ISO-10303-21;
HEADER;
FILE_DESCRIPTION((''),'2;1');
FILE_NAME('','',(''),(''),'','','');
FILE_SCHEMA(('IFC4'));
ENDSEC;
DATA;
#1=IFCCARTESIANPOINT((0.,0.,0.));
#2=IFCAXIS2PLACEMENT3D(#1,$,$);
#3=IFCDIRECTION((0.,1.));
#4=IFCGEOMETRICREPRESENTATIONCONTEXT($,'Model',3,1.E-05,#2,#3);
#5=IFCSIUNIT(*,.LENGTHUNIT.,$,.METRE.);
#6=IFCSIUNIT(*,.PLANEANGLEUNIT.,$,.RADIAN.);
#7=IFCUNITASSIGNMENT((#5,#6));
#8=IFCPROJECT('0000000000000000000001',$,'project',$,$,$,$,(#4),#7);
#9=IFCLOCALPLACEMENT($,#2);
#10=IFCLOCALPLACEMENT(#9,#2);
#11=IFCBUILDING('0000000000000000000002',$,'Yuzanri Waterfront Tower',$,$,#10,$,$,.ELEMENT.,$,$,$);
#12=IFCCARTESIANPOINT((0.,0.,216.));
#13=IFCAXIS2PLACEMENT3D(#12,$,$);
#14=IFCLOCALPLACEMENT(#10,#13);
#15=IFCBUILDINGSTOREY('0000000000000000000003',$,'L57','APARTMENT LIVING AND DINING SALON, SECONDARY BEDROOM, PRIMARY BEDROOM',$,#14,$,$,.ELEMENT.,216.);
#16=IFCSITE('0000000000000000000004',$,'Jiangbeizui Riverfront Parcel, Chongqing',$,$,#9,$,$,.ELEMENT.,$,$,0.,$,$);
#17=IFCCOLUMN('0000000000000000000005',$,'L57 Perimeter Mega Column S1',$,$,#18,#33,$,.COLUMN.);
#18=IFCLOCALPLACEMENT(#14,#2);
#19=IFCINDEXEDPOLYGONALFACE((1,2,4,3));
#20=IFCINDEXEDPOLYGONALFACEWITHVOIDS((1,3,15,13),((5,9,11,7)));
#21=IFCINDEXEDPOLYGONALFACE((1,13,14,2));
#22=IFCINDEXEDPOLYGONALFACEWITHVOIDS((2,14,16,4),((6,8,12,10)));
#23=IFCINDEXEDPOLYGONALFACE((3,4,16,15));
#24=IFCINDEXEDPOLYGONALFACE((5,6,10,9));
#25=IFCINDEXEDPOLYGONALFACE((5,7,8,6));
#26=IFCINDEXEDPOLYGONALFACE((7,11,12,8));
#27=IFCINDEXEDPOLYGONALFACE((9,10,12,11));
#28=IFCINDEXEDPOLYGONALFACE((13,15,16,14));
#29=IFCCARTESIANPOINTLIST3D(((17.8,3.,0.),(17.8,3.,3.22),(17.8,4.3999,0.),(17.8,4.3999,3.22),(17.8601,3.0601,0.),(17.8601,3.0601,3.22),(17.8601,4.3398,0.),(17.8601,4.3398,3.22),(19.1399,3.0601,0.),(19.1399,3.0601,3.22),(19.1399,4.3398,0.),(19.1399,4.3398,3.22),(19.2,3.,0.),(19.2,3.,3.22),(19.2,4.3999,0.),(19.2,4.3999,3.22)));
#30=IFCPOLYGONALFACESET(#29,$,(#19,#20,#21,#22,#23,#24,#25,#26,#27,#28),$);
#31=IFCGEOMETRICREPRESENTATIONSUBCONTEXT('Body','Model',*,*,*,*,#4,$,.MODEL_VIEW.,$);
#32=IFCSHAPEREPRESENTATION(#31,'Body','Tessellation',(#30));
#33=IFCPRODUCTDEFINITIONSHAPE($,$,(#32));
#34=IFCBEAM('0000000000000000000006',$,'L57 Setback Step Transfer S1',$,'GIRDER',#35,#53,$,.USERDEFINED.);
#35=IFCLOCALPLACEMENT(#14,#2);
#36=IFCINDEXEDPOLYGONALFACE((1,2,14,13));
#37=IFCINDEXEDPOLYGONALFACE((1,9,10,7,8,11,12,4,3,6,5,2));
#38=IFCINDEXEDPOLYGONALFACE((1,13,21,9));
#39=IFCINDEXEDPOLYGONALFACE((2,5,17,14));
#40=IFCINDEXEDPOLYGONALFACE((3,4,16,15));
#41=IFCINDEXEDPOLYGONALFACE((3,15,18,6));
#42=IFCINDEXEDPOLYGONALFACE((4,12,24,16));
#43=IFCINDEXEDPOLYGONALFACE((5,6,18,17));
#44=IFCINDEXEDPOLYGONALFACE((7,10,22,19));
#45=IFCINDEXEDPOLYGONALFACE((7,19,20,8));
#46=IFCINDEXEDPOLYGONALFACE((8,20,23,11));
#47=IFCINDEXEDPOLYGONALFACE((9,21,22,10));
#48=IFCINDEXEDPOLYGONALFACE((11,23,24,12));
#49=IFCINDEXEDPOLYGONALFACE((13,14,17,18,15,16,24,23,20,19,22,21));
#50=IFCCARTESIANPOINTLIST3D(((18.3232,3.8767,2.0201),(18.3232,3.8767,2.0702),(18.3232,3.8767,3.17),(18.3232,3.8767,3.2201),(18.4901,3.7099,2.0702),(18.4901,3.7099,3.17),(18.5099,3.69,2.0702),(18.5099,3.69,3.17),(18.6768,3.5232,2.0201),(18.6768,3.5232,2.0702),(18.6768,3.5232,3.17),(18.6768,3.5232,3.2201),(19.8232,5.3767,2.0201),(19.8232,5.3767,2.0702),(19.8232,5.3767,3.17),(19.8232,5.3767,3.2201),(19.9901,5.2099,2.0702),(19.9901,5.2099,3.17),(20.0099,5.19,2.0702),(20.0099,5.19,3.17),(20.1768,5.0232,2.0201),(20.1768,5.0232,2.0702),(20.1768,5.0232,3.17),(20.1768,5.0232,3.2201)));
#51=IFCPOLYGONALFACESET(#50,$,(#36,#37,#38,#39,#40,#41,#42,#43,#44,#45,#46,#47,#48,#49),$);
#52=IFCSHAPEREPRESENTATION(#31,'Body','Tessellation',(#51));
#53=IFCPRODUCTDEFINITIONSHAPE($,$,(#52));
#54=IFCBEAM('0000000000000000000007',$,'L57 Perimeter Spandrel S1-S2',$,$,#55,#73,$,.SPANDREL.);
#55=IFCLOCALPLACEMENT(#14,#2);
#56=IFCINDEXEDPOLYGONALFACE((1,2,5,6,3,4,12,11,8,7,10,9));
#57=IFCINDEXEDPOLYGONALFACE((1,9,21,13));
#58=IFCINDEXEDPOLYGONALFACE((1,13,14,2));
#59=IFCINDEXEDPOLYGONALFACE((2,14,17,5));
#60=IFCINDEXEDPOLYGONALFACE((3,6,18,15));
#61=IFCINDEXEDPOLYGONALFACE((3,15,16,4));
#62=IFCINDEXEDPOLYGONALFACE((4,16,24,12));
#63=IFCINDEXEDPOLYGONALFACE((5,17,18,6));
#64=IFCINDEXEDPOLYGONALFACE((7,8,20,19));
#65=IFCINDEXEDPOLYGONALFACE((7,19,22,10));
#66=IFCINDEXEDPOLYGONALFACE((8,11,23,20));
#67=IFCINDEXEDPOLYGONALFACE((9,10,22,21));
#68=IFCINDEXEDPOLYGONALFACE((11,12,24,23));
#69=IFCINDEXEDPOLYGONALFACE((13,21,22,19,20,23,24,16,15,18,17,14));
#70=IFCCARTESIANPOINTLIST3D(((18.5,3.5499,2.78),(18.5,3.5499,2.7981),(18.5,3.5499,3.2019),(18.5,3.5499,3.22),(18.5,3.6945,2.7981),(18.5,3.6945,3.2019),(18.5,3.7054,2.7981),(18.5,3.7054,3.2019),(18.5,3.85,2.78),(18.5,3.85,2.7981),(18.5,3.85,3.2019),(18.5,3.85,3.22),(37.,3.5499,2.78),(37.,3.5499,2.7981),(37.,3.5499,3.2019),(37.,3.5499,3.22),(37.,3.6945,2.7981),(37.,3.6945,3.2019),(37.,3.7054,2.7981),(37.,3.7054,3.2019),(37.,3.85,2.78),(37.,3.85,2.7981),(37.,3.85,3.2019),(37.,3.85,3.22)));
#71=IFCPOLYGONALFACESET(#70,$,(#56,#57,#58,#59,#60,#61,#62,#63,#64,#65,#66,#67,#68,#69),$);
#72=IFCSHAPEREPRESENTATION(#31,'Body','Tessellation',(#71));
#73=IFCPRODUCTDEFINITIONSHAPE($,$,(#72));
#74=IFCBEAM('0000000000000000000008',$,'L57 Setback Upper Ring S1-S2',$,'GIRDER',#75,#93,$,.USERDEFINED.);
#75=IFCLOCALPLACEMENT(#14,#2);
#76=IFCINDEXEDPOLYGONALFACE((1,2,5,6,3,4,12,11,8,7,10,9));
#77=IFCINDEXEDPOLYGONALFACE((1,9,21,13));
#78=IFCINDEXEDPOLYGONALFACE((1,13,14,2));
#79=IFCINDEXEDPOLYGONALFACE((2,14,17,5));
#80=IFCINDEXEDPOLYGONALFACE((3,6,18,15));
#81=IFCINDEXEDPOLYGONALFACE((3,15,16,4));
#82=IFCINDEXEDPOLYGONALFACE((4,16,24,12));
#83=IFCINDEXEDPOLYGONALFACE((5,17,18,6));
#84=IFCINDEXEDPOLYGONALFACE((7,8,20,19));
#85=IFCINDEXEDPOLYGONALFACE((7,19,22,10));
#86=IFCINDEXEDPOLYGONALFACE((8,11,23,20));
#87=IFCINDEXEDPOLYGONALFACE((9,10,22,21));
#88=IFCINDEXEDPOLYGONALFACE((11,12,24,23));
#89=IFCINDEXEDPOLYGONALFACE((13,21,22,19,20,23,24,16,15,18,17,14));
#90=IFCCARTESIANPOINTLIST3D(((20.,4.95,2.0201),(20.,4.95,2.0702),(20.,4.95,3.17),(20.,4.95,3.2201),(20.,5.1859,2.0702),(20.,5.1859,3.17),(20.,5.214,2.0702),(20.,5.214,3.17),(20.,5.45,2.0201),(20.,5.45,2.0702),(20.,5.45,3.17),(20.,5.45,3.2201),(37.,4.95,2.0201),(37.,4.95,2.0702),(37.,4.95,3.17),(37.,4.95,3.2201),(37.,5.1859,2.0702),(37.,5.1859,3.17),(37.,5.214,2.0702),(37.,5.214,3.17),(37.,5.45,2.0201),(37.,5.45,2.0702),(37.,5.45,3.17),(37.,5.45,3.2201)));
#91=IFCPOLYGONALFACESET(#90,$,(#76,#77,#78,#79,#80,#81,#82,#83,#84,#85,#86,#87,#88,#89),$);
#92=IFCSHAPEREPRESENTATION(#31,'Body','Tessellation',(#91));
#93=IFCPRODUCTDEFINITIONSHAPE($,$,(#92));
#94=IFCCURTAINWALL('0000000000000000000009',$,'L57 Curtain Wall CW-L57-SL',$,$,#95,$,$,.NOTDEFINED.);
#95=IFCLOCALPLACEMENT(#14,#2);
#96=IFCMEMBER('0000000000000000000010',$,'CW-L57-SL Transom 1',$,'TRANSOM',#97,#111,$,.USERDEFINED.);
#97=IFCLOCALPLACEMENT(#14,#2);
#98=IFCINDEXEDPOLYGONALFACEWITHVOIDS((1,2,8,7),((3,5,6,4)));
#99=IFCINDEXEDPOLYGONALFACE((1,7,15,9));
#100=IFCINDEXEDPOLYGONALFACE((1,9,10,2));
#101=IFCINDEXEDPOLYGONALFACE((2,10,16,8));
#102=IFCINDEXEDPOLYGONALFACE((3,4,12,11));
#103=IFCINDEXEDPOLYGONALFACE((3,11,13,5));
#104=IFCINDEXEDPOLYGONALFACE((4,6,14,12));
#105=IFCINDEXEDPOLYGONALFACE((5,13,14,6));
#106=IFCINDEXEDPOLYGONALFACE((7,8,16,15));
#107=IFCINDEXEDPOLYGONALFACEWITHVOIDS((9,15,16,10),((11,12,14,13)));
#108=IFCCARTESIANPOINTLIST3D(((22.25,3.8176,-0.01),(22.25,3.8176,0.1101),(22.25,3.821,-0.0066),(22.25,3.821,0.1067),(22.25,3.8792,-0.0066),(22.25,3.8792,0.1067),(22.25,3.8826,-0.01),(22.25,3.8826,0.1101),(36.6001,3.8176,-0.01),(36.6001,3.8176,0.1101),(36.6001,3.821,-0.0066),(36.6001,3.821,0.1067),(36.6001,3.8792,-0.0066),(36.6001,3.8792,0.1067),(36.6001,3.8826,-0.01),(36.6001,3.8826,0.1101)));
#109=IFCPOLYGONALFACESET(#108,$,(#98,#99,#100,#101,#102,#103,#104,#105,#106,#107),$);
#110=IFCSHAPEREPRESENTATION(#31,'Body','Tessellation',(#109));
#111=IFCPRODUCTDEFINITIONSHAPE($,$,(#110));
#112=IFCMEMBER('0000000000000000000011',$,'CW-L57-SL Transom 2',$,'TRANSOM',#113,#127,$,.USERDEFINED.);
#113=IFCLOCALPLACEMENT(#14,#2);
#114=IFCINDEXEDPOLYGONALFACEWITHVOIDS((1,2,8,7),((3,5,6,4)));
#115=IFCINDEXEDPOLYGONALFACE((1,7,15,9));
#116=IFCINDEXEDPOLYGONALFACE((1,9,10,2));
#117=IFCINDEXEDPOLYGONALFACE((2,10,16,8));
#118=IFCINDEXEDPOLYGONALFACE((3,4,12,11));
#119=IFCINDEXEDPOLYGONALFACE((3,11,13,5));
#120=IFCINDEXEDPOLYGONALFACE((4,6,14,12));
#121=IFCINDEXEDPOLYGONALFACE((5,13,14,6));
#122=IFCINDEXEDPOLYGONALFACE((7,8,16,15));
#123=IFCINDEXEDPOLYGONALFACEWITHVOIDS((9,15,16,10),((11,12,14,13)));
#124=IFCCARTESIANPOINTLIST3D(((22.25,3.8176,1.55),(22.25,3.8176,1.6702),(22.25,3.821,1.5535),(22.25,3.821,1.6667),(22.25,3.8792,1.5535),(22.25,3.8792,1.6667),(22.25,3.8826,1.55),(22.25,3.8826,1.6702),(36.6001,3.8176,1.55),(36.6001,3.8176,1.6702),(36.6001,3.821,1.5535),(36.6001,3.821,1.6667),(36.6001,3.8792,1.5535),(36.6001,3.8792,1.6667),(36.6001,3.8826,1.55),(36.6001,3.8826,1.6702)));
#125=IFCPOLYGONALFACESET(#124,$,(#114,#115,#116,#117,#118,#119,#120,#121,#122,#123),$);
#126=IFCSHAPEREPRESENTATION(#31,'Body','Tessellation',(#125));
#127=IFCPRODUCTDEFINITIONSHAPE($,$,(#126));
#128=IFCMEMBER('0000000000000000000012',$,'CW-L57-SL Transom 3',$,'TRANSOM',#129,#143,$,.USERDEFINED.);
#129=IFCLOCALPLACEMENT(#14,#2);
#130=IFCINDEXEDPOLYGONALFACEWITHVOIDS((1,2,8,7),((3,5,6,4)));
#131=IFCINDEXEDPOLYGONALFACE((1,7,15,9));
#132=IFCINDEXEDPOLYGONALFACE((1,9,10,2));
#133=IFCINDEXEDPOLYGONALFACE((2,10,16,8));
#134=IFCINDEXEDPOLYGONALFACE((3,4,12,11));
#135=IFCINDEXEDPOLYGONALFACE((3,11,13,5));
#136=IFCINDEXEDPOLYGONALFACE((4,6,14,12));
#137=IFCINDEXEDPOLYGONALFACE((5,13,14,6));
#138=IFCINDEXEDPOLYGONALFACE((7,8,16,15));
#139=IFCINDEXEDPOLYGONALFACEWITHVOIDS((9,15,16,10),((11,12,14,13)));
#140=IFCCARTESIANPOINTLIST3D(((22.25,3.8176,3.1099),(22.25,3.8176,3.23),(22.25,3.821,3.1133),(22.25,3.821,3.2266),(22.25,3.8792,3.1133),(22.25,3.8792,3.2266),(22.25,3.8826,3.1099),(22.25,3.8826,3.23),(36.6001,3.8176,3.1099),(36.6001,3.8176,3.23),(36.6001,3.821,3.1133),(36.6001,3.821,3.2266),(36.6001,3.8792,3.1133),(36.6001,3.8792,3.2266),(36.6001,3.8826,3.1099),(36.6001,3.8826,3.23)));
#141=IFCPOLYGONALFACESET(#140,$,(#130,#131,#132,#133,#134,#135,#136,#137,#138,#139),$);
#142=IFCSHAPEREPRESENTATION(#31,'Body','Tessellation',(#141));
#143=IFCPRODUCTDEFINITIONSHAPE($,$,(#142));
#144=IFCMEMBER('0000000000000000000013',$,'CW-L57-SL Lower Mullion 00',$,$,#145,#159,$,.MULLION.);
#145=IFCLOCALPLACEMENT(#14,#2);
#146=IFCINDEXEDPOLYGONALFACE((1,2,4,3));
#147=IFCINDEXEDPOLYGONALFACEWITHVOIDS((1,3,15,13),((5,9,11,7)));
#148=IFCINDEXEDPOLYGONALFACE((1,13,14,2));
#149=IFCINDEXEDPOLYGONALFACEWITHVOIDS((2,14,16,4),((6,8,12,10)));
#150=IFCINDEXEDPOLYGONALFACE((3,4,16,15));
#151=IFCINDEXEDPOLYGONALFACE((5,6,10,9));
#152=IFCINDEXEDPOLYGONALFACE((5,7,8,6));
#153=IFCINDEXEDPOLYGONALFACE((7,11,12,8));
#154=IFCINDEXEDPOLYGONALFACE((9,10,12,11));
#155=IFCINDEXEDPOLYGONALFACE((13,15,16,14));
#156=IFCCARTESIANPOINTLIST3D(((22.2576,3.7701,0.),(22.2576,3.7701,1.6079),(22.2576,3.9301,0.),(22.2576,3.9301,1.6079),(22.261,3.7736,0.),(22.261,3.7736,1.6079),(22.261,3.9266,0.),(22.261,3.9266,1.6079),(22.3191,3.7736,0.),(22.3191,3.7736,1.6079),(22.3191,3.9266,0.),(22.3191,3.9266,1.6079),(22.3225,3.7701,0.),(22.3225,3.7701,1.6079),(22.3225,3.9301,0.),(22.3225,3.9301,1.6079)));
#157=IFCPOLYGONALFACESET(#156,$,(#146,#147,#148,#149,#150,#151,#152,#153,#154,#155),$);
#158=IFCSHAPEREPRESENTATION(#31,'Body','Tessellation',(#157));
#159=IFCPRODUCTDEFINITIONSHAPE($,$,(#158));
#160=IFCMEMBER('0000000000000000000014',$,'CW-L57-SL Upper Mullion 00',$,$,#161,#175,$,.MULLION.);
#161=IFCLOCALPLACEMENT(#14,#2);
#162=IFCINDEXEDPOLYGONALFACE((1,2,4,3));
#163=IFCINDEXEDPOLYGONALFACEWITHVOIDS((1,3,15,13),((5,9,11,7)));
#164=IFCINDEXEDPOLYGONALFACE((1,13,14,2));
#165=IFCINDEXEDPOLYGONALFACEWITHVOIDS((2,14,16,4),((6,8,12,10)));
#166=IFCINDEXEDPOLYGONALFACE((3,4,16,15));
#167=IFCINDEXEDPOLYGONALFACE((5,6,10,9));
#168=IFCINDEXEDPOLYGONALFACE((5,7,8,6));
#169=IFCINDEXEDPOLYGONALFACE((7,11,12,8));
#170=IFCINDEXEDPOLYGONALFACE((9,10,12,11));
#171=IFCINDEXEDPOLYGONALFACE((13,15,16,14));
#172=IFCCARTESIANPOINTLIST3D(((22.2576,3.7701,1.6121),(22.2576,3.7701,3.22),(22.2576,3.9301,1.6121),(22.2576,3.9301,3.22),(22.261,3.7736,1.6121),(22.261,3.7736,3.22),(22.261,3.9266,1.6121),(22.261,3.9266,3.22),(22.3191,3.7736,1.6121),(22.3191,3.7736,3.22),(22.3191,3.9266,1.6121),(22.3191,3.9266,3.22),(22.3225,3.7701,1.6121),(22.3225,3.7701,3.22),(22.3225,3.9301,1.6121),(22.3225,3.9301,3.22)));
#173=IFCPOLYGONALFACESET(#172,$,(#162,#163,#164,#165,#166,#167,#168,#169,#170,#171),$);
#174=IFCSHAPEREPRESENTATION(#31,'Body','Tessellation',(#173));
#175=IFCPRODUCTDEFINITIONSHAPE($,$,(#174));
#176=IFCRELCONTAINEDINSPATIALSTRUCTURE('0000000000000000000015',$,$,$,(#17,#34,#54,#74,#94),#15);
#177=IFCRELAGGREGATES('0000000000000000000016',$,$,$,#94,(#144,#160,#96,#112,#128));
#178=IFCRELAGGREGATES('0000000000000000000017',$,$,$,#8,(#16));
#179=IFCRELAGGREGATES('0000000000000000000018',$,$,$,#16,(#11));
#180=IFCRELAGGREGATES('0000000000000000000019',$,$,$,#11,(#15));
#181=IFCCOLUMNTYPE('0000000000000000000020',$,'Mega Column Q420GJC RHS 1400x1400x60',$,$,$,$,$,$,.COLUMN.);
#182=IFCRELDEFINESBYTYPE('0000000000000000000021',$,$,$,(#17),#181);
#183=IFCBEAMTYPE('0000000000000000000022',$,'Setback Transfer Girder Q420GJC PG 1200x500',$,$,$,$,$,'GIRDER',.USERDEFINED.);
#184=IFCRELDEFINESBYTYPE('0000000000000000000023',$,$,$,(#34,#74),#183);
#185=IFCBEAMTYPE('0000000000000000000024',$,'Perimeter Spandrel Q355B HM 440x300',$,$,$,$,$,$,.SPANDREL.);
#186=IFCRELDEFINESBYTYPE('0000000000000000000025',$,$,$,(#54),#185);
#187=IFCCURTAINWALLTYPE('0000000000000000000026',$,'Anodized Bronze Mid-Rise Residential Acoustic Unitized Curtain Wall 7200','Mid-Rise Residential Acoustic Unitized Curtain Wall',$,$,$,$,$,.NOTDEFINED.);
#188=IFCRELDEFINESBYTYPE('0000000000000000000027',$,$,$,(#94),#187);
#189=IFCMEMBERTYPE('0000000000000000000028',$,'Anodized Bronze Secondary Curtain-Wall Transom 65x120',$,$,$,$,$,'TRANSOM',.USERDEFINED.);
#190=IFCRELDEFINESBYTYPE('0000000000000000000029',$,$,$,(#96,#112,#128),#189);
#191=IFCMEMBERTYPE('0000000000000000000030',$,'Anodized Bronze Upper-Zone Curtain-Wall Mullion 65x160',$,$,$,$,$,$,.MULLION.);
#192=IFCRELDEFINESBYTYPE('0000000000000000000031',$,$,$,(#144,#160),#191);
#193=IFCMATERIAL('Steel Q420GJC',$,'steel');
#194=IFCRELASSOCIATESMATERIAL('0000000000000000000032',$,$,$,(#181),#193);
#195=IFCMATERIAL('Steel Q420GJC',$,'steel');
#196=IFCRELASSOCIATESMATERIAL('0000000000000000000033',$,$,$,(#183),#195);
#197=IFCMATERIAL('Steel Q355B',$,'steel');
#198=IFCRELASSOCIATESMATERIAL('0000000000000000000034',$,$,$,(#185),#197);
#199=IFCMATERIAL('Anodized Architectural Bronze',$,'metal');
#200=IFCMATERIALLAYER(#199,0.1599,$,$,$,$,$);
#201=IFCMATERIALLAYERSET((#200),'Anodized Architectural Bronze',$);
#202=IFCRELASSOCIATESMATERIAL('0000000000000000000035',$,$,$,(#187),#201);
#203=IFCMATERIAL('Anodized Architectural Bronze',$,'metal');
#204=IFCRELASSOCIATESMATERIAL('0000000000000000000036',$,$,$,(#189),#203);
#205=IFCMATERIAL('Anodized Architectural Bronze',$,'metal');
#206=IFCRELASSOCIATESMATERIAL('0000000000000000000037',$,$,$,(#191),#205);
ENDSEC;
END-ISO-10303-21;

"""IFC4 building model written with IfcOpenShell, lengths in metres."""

from ifc_helpers import new_model, si_unit, direction, frame, origin, origin_2d, place, context, subcontext, project, spatial, hollow_rectangle, i_section, extrude, source, transform, mapped, material, layer, layer_set, material_profile, profile_set, type_object, element, aggregate, save


model = new_model("IFC4")

# Units and contexts
model_context = context("Model", 3, precision=1e-05, world=origin(), true_north=direction((0.0, 1.0)))
body_context = subcontext(model_context, "Body", "Model", "MODEL_VIEW")
ifc_project = project(units=[si_unit("LENGTHUNIT", "METRE"), si_unit("PLANEANGLEUNIT", "RADIAN")], contexts=[model_context])

# Site, building, storey
site_placement = place(None, origin())
site = spatial("IfcSite", under=ifc_project, at=site_placement, Name="Jiangbeizui Riverfront Parcel, Chongqing", CompositionType="ELEMENT", RefElevation=0.0)
building_placement = place(site_placement, origin())
building = spatial("IfcBuilding", under=site, at=building_placement, Name="Yuzanri Waterfront Tower", CompositionType="ELEMENT")
storey_placement = place(building_placement, frame((0.0, 0.0, 216.0)))
storey = spatial("IfcBuildingStorey", under=building, at=storey_placement, Name="L57", Description="APARTMENT LIVING AND DINING SALON, SECONDARY BEDROOM, PRIMARY BEDROOM", CompositionType="ELEMENT", Elevation=216.0)

# Column
ifc_material_1 = material(Name="Steel Q420GJC", Category="steel")
ifc_material_profile_1 = material_profile(ifc_material_1, hollow_rectangle(XDim=1.3999, YDim=1.3999, WallThickness=0.0601, at=origin_2d()), Name="RHS 1400x1400x60")
ifc_profile_set_1 = profile_set([ifc_material_profile_1], Name="Steel Q420GJC")
column_type = type_object("IfcColumnType", Name="Mega Column Q420GJC RHS 1400x1400x60", PredefinedType="COLUMN", material=ifc_profile_set_1)
shared_shape_1 = source(origin(), body_context, "Body", "SweptSolid", [
    extrude(hollow_rectangle(XDim=1.3999, YDim=1.3999, WallThickness=0.0601, at=origin_2d()), origin(), (0.0, 0.0, 1.0), 3.22),
])
column_placement = place(storey_placement, frame((18.5, 3.7, 0.0), z_axis=(0.0, 0.0, 1.0), x_axis=(1.0, 0.0, 0.0)))
element("IfcColumn", 1, at=column_placement, inside=storey, type_object=column_type, Name="L57 Perimeter Mega Column S1", PredefinedType="COLUMN", context=body_context, shape_type="MappedRepresentation", body=[
    mapped(shared_shape_1, transform((0.0, 0.0, 0.0), scale=1.0)),
])

# Beams
ifc_material_2 = material(Name="Steel Q420GJC", Category="steel")
ifc_material_profile_2 = material_profile(ifc_material_2, i_section(OverallWidth=0.5, OverallDepth=1.2, WebThickness=0.0281, FlangeThickness=0.05, at=origin_2d()), Name="PG 1200x500x28x50")
ifc_profile_set_2 = profile_set([ifc_material_profile_2], Name="Steel Q420GJC")
beam_type_1 = type_object("IfcBeamType", Name="Setback Transfer Girder Q420GJC PG 1200x500", ElementType="GIRDER", PredefinedType="USERDEFINED", material=ifc_profile_set_2)
shared_shape_2 = source(origin(), body_context, "Body", "SweptSolid", [
    extrude(i_section(OverallWidth=0.5, OverallDepth=1.2, WebThickness=0.0281, FlangeThickness=0.05, at=origin_2d()), origin(), (0.0, 0.0, 1.0), 2.1213),
])
beam_1_placement = place(storey_placement, frame((20.0, 5.2, 2.6201), z_axis=(-0.707107, -0.707107, 0.0), x_axis=(0.707107, -0.707107, 0.0)))
element("IfcBeam", 2, at=beam_1_placement, inside=storey, type_object=beam_type_1, Name="L57 Setback Step Transfer S1", ObjectType="GIRDER", PredefinedType="USERDEFINED", context=body_context, shape_type="MappedRepresentation", body=[
    mapped(shared_shape_2, transform((0.0, 0.0, 0.0), scale=1.0)),
])
ifc_material_3 = material(Name="Steel Q355B", Category="steel")
ifc_material_profile_3 = material_profile(ifc_material_3, i_section(OverallWidth=0.3, OverallDepth=0.4399, WebThickness=0.011, FlangeThickness=0.0181, at=origin_2d()), Name="HM 440x300x11x18")
ifc_profile_set_3 = profile_set([ifc_material_profile_3], Name="Steel Q355B")
beam_type_2 = type_object("IfcBeamType", Name="Perimeter Spandrel Q355B HM 440x300", PredefinedType="SPANDREL", material=ifc_profile_set_3)
shared_shape_3 = source(origin(), body_context, "Body", "SweptSolid", [
    extrude(i_section(OverallWidth=0.3, OverallDepth=0.4399, WebThickness=0.011, FlangeThickness=0.0181, at=origin_2d()), origin(), (0.0, 0.0, 1.0), 18.5),
])
beam_2_placement = place(storey_placement, frame((18.5, 3.7, 3.0), z_axis=(1.0, 0.0, 0.0), x_axis=(0.0, 1.0, 0.0)))
element("IfcBeam", 3, at=beam_2_placement, inside=storey, type_object=beam_type_2, Name="L57 Perimeter Spandrel S1-S2", PredefinedType="SPANDREL", context=body_context, shape_type="MappedRepresentation", body=[
    mapped(shared_shape_3, transform((0.0, 0.0, 0.0), scale=1.0)),
])
shared_shape_4 = source(origin(), body_context, "Body", "SweptSolid", [
    extrude(i_section(OverallWidth=0.5, OverallDepth=1.2, WebThickness=0.0281, FlangeThickness=0.05, at=origin_2d()), origin(), (0.0, 0.0, 1.0), 17.0),
])
beam_3_placement = place(storey_placement, frame((20.0, 5.2, 2.6201), z_axis=(1.0, 0.0, 0.0), x_axis=(0.0, 1.0, 0.0)))
element("IfcBeam", 4, at=beam_3_placement, inside=storey, type_object=beam_type_1, Name="L57 Setback Upper Ring S1-S2", ObjectType="GIRDER", PredefinedType="USERDEFINED", context=body_context, shape_type="MappedRepresentation", body=[
    mapped(shared_shape_4, transform((0.0, 0.0, 0.0), scale=1.0)),
])

# Curtain wall, members
ifc_material_4 = material(Name="Anodized Architectural Bronze", Category="metal")
ifc_layer_1 = layer(ifc_material_4, 0.1599)
ifc_layer_set_1 = layer_set([ifc_layer_1], Name="Anodized Architectural Bronze")
curtain_wall_type = type_object("IfcCurtainWallType", Name="Anodized Bronze Mid-Rise Residential Acoustic Unitized Curtain Wall 7200", Description="Mid-Rise Residential Acoustic Unitized Curtain Wall", PredefinedType="NOTDEFINED", material=ifc_layer_set_1)
curtain_wall_placement = place(storey_placement, origin())
curtain_wall = element("IfcCurtainWall", 5, at=curtain_wall_placement, inside=storey, type_object=curtain_wall_type, Name="L57 Curtain Wall CW-L57-SL", PredefinedType="NOTDEFINED")
ifc_material_5 = material(Name="Anodized Architectural Bronze", Category="metal")
ifc_material_profile_4 = material_profile(ifc_material_5, hollow_rectangle(XDim=0.0649, YDim=0.1201, WallThickness=0.0034, at=origin_2d()), Name="CWT 65x120")
ifc_profile_set_4 = profile_set([ifc_material_profile_4], Name="Anodized Architectural Bronze")
member_type_1 = type_object("IfcMemberType", Name="Anodized Bronze Secondary Curtain-Wall Transom 65x120", ElementType="TRANSOM", PredefinedType="USERDEFINED", material=ifc_profile_set_4)
shared_shape_5 = source(origin(), body_context, "Body", "SweptSolid", [
    extrude(hollow_rectangle(XDim=0.0649, YDim=0.1201, WallThickness=0.0034, at=origin_2d()), origin(), (0.0, 0.0, 1.0), 14.3501),
])
member_1_placement = place(storey_placement, frame((22.25, 3.8501, 0.05), z_axis=(1.0, 0.0, 0.0), x_axis=(0.0, 1.0, 0.0)))
member_1 = element("IfcMember", 6, at=member_1_placement, type_object=member_type_1, Name="CW-L57-SL Transom 1", ObjectType="TRANSOM", PredefinedType="USERDEFINED", context=body_context, shape_type="MappedRepresentation", body=[
    mapped(shared_shape_5, transform((0.0, 0.0, 0.0), scale=1.0)),
])
member_2_placement = place(storey_placement, frame((22.25, 3.8501, 1.6101), z_axis=(1.0, 0.0, 0.0), x_axis=(0.0, 1.0, 0.0)))
member_2 = element("IfcMember", 7, at=member_2_placement, type_object=member_type_1, Name="CW-L57-SL Transom 2", ObjectType="TRANSOM", PredefinedType="USERDEFINED", context=body_context, shape_type="MappedRepresentation", body=[
    mapped(shared_shape_5, transform((0.0, 0.0, 0.0), scale=1.0)),
])
member_3_placement = place(storey_placement, frame((22.25, 3.8501, 3.1699), z_axis=(1.0, 0.0, 0.0), x_axis=(0.0, 1.0, 0.0)))
member_3 = element("IfcMember", 8, at=member_3_placement, type_object=member_type_1, Name="CW-L57-SL Transom 3", ObjectType="TRANSOM", PredefinedType="USERDEFINED", context=body_context, shape_type="MappedRepresentation", body=[
    mapped(shared_shape_5, transform((0.0, 0.0, 0.0), scale=1.0)),
])
ifc_material_6 = material(Name="Anodized Architectural Bronze", Category="metal")
ifc_material_profile_5 = material_profile(ifc_material_6, hollow_rectangle(XDim=0.0649, YDim=0.1599, WallThickness=0.0034, at=origin_2d()), Name="CWM 65x160")
ifc_profile_set_5 = profile_set([ifc_material_profile_5], Name="Anodized Architectural Bronze")
member_type_2 = type_object("IfcMemberType", Name="Anodized Bronze Upper-Zone Curtain-Wall Mullion 65x160", PredefinedType="MULLION", material=ifc_profile_set_5)
shared_shape_6 = source(origin(), body_context, "Body", "SweptSolid", [
    extrude(hollow_rectangle(XDim=0.0649, YDim=0.1599, WallThickness=0.0034, at=origin_2d()), origin(), (0.0, 0.0, 1.0), 1.6079),
])
member_4_placement = place(storey_placement, frame((22.29, 3.8501, 0.0), z_axis=(0.0, 0.0, 1.0), x_axis=(1.0, 0.0, 0.0)))
member_4 = element("IfcMember", 9, at=member_4_placement, type_object=member_type_2, Name="CW-L57-SL Lower Mullion 00", PredefinedType="MULLION", context=body_context, shape_type="MappedRepresentation", body=[
    mapped(shared_shape_6, transform((0.0, 0.0, 0.0), scale=1.0)),
])
member_5_placement = place(storey_placement, frame((22.29, 3.8501, 1.6121), z_axis=(0.0, 0.0, 1.0), x_axis=(1.0, 0.0, 0.0)))
member_5 = element("IfcMember", 10, at=member_5_placement, type_object=member_type_2, Name="CW-L57-SL Upper Mullion 00", PredefinedType="MULLION", context=body_context, shape_type="MappedRepresentation", body=[
    mapped(shared_shape_6, transform((0.0, 0.0, 0.0), scale=1.0)),
])
aggregate(curtain_wall, [member_4, member_5, member_1, member_2, member_3])

save(model, "model.ifc")
